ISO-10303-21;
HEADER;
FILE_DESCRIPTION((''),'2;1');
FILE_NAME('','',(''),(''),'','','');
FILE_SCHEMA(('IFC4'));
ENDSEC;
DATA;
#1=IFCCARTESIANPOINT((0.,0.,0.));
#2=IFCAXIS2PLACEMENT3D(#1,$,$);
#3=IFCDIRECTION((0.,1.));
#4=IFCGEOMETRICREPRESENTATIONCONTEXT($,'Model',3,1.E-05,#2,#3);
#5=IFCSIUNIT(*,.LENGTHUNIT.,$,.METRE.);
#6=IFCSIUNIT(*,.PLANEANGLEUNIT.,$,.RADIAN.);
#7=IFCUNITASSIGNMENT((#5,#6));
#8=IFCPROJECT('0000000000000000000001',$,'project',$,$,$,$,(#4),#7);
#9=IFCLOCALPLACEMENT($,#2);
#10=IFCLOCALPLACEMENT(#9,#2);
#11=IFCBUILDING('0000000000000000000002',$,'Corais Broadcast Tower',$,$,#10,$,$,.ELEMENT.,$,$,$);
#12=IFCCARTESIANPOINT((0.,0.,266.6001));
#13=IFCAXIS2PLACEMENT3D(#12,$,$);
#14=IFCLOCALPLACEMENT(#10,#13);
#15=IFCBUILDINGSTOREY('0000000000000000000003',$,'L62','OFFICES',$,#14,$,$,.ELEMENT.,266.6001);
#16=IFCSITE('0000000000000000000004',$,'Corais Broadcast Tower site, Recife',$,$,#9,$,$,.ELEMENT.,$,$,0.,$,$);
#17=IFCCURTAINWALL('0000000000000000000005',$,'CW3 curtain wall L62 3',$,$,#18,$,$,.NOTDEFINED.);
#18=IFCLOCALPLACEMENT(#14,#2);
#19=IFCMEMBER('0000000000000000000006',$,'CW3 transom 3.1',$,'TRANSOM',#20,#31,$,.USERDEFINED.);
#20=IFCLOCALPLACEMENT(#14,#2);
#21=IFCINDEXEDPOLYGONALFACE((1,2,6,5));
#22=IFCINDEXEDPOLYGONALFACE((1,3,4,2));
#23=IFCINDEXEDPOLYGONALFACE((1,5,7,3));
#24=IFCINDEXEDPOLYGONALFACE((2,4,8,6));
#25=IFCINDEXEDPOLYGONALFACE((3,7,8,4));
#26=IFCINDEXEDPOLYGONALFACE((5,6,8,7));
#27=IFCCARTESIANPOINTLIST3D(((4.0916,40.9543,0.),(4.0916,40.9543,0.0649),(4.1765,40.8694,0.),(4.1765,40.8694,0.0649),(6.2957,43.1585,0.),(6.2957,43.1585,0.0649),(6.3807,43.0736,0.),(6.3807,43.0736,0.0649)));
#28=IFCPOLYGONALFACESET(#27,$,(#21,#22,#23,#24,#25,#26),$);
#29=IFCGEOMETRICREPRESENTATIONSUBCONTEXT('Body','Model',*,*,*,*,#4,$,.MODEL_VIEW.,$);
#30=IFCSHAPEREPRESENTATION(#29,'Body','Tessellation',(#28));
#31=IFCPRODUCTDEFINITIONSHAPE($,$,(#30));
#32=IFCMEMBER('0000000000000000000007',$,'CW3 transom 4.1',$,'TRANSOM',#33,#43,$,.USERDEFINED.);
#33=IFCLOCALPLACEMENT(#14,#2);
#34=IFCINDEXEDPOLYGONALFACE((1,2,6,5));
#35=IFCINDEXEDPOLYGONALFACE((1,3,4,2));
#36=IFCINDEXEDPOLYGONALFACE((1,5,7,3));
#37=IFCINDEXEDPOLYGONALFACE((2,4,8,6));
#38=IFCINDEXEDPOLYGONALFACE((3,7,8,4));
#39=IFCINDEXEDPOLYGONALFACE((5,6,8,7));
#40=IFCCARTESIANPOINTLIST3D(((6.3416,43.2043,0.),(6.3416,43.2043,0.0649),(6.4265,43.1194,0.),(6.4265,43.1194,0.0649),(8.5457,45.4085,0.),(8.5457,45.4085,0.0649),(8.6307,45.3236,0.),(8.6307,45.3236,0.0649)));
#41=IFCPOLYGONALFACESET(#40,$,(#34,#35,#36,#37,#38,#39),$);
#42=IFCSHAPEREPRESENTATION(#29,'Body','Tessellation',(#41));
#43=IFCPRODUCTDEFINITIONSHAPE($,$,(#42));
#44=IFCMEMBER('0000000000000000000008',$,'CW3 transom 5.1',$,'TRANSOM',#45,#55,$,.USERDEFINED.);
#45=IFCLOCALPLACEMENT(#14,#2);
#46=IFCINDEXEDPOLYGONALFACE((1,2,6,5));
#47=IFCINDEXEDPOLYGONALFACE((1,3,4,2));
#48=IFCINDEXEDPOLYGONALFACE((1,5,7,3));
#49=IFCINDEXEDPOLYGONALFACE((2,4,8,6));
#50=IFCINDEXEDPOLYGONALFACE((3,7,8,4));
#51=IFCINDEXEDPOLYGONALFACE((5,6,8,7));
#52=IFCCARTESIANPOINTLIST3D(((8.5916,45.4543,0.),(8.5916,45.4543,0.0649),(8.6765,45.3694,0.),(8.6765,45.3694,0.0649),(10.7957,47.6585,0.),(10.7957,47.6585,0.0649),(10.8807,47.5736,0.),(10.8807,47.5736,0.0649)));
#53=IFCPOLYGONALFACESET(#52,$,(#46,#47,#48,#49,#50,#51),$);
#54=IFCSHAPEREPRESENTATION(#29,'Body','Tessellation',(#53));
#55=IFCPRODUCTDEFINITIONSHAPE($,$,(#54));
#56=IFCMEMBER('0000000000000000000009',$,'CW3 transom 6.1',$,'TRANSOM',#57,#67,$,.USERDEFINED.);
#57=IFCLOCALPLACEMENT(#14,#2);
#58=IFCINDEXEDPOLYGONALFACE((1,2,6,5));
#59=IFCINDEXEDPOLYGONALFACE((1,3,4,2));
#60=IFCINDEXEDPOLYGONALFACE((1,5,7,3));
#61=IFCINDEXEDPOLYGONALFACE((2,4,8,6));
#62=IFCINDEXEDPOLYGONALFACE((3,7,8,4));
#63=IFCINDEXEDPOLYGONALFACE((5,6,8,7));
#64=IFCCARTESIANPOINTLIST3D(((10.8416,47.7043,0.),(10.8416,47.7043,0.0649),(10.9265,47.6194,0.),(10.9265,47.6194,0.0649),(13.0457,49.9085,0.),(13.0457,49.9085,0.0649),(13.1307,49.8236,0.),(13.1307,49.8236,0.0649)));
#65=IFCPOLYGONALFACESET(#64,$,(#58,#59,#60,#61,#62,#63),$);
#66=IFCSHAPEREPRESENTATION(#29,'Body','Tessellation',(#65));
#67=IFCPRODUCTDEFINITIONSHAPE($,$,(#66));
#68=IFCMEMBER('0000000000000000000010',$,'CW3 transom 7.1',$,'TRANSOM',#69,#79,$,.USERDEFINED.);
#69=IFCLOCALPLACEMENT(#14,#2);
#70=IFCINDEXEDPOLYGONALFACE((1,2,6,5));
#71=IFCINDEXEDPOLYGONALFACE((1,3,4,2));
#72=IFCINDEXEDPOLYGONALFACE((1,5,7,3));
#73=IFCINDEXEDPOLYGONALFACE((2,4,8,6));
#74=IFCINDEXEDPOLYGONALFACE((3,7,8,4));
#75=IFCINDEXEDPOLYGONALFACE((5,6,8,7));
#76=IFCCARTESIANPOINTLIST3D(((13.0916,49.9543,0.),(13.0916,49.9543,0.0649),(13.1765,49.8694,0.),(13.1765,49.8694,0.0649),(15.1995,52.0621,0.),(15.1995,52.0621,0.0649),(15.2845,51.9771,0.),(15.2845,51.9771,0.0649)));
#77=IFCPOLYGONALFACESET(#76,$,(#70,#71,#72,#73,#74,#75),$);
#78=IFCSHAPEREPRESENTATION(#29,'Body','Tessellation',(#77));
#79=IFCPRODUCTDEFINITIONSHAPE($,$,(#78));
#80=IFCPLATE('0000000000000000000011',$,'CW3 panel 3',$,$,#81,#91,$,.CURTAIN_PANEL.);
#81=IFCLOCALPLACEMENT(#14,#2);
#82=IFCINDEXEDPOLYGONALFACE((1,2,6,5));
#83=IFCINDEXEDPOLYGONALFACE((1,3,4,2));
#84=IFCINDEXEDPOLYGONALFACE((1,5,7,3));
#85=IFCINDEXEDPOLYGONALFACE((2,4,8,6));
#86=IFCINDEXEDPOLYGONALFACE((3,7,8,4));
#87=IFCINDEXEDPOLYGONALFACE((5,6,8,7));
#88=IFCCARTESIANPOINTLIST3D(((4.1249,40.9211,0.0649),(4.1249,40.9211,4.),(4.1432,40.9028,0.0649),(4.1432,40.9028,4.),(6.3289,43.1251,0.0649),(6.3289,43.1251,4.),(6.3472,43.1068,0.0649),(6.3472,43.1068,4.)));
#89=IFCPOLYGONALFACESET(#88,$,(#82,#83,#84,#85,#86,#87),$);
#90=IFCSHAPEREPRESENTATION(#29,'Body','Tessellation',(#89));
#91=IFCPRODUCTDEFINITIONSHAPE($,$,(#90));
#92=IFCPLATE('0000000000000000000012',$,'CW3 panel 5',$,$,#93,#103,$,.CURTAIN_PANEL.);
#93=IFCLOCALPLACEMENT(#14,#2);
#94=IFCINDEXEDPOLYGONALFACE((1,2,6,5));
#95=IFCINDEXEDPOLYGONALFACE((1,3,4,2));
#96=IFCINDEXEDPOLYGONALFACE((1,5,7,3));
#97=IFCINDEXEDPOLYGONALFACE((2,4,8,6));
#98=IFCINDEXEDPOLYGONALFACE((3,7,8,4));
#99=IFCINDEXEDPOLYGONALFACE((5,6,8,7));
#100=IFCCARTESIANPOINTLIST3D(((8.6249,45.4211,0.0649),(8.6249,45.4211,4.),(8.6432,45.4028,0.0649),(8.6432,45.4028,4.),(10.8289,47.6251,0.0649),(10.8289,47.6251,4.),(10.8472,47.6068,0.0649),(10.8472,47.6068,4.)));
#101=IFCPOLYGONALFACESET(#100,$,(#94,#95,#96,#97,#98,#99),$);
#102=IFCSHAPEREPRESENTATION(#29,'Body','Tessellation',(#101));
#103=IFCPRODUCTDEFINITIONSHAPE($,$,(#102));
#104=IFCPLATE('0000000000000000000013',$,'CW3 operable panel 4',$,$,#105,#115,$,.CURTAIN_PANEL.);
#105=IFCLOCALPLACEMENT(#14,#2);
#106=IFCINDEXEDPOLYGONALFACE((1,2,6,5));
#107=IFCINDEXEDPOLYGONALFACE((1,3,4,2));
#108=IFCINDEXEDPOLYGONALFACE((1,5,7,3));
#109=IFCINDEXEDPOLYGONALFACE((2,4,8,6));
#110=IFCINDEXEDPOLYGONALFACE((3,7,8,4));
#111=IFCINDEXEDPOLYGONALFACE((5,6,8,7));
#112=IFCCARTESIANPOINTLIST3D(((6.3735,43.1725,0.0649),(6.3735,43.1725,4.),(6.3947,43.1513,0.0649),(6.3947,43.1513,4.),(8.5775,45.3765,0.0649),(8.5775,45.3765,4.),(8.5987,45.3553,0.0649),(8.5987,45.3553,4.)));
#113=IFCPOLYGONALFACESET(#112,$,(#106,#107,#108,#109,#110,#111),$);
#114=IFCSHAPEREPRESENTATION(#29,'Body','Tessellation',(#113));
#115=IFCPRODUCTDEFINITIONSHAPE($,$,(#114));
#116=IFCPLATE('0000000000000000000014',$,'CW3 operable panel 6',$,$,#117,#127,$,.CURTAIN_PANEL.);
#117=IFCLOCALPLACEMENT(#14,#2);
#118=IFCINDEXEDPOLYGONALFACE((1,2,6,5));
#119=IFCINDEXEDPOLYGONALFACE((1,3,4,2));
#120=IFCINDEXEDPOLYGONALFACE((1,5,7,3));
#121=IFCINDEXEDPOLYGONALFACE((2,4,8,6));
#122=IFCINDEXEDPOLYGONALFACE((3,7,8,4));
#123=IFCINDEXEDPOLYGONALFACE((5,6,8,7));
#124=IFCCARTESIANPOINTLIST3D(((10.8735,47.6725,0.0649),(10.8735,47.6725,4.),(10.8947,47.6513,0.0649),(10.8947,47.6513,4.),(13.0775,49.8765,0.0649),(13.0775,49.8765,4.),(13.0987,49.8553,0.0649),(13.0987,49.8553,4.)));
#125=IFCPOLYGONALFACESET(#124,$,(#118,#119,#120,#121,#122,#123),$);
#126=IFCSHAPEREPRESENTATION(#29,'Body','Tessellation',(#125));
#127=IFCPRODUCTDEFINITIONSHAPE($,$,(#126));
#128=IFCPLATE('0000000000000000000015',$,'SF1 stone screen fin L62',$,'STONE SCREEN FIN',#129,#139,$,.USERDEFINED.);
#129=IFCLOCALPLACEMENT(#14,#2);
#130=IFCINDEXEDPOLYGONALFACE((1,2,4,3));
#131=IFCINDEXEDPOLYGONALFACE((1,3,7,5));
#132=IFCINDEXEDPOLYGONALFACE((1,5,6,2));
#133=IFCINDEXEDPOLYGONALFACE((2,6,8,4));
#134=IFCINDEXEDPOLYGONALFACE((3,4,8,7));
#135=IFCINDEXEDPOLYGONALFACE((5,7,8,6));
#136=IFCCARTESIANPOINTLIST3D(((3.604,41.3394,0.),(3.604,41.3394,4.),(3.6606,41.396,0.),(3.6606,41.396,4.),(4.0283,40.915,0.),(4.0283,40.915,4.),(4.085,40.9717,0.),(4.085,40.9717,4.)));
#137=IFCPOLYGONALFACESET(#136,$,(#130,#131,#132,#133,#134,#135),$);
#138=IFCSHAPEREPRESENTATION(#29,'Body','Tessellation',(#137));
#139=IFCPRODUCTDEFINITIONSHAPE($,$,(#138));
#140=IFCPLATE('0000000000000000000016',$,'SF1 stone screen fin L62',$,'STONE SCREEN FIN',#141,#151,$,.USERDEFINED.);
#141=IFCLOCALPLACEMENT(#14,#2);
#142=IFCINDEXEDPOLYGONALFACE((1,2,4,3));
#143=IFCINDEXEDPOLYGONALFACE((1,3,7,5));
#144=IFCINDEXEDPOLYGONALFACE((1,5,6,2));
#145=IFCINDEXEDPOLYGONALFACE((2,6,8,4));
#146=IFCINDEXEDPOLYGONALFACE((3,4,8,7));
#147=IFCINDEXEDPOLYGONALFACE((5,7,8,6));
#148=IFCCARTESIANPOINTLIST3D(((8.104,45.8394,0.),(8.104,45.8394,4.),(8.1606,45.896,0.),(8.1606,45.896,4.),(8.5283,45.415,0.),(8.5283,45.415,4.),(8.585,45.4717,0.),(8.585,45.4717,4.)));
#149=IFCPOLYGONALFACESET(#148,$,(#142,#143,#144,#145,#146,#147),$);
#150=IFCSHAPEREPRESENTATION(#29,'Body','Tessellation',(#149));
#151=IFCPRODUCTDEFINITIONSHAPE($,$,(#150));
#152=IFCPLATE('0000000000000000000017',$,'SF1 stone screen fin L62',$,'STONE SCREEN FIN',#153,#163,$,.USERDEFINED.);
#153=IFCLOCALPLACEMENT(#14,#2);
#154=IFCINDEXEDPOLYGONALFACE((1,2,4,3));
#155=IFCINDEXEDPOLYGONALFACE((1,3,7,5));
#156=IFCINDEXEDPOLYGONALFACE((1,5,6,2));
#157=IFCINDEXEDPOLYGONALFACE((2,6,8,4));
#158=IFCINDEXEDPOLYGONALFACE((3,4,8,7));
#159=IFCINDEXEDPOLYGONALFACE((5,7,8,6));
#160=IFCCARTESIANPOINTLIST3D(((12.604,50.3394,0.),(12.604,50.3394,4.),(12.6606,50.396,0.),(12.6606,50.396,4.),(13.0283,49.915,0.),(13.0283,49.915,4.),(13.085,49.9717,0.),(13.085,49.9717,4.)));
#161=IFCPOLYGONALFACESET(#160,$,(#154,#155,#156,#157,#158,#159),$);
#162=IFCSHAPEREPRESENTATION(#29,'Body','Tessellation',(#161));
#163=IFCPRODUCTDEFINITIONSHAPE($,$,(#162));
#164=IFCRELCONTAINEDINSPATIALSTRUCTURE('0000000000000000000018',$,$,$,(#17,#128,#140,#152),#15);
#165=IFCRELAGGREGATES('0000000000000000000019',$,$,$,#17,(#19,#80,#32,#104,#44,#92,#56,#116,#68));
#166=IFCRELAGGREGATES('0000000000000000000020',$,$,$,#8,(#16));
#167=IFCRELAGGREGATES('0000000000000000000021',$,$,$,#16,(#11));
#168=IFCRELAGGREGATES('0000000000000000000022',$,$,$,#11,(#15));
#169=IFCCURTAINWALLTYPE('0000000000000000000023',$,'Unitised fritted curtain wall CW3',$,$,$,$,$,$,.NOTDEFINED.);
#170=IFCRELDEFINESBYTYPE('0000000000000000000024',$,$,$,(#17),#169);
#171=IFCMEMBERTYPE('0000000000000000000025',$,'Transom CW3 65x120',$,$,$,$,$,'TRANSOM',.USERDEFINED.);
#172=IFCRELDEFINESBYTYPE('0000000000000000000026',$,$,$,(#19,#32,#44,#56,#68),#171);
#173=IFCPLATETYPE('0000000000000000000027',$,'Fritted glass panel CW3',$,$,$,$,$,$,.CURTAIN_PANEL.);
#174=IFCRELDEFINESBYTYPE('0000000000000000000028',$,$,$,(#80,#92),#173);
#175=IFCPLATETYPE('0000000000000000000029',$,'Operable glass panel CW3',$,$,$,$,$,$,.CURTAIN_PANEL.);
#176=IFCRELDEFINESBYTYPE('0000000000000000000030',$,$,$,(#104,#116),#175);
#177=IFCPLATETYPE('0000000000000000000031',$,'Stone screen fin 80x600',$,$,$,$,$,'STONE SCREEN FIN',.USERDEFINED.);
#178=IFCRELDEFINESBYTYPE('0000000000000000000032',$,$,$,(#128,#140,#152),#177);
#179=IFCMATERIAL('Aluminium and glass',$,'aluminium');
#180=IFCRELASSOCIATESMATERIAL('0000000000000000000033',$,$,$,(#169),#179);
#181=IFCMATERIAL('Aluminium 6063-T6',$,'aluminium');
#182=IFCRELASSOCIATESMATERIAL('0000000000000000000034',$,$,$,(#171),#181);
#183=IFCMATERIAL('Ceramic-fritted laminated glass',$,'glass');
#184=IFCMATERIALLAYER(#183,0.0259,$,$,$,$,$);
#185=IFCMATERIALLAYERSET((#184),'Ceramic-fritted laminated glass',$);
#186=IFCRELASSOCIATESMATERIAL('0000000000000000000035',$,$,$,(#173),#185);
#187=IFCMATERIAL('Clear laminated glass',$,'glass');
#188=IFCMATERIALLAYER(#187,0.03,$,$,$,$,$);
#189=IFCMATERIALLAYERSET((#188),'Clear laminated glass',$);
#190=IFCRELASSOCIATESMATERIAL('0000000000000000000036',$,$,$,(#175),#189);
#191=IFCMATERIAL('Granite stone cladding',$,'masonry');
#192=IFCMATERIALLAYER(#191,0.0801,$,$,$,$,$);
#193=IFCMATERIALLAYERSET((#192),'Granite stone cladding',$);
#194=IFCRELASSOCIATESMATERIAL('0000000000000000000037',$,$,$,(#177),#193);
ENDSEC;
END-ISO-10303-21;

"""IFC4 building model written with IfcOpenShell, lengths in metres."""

from ifc_helpers import new_model, si_unit, direction, frame, origin, origin_2d, place, context, subcontext, project, spatial, rectangle, extrude, material, layer, layer_set, material_profile, profile_set, type_object, element, aggregate, save


model = new_model("IFC4")

# Units and contexts
model_context = context("Model", 3, precision=1e-05, world=origin(), true_north=direction((0.0, 1.0)))
body_context = subcontext(model_context, "Body", "Model", "MODEL_VIEW")
ifc_project = project(units=[si_unit("LENGTHUNIT", "METRE"), si_unit("PLANEANGLEUNIT", "RADIAN")], contexts=[model_context])

# Site, building, storey
site_placement = place(None, origin())
site = spatial("IfcSite", under=ifc_project, at=site_placement, Name="Corais Broadcast Tower site, Recife", CompositionType="ELEMENT", RefElevation=0.0)
building_placement = place(site_placement, origin())
building = spatial("IfcBuilding", under=site, at=building_placement, Name="Corais Broadcast Tower", CompositionType="ELEMENT")
storey_placement = place(building_placement, frame((0.0, 0.0, 266.6001)))
storey = spatial("IfcBuildingStorey", under=building, at=storey_placement, Name="L62", Description="OFFICES", CompositionType="ELEMENT", Elevation=266.6001)

# Curtain wall
ifc_material_1 = material(Name="Aluminium and glass", Category="aluminium")
curtain_wall_type = type_object("IfcCurtainWallType", Name="Unitised fritted curtain wall CW3", PredefinedType="NOTDEFINED", material=ifc_material_1)
curtain_wall_placement = place(storey_placement, origin())
curtain_wall = element("IfcCurtainWall", 1, at=curtain_wall_placement, inside=storey, type_object=curtain_wall_type, Name="CW3 curtain wall L62 3", PredefinedType="NOTDEFINED")

# Members
ifc_material_2 = material(Name="Aluminium 6063-T6", Category="aluminium")
ifc_material_profile_1 = material_profile(ifc_material_2, rectangle(XDim=0.1201, YDim=0.0649, at=origin_2d()), Name="Transom CW3 65x120")
ifc_profile_set_1 = profile_set([ifc_material_profile_1], Name="Aluminium 6063-T6")
member_type_1 = type_object("IfcMemberType", Name="Transom CW3 65x120", ElementType="TRANSOM", PredefinedType="USERDEFINED", material=ifc_profile_set_1)
member_1_placement = place(storey_placement, frame((4.134, 40.9119, 0.0325), z_axis=(0.707107, 0.707107, 0.0), x_axis=(-0.707107, 0.707107, 0.0)))
member_1 = element("IfcMember", 2, at=member_1_placement, type_object=member_type_1, Name="CW3 transom 3.1", ObjectType="TRANSOM", PredefinedType="USERDEFINED", context=body_context, shape_type="SweptSolid", body=[
    extrude(rectangle(XDim=0.1201, YDim=0.0649, at=origin_2d()), origin(), (0.0, 0.0, 1.0), 3.1172),
])
member_2_placement = place(storey_placement, frame((6.384, 43.1619, 0.0325), z_axis=(0.707107, 0.707107, 0.0), x_axis=(-0.707107, 0.707107, 0.0)))
member_2 = element("IfcMember", 3, at=member_2_placement, type_object=member_type_1, Name="CW3 transom 4.1", ObjectType="TRANSOM", PredefinedType="USERDEFINED", context=body_context, shape_type="SweptSolid", body=[
    extrude(rectangle(XDim=0.1201, YDim=0.0649, at=origin_2d()), origin(), (0.0, 0.0, 1.0), 3.1172),
])
member_3_placement = place(storey_placement, frame((8.634, 45.4119, 0.0325), z_axis=(0.707107, 0.707107, 0.0), x_axis=(-0.707107, 0.707107, 0.0)))
member_3 = element("IfcMember", 4, at=member_3_placement, type_object=member_type_1, Name="CW3 transom 5.1", ObjectType="TRANSOM", PredefinedType="USERDEFINED", context=body_context, shape_type="SweptSolid", body=[
    extrude(rectangle(XDim=0.1201, YDim=0.0649, at=origin_2d()), origin(), (0.0, 0.0, 1.0), 3.1172),
])
member_4_placement = place(storey_placement, frame((10.884, 47.6619, 0.0325), z_axis=(0.707107, 0.707107, 0.0), x_axis=(-0.707107, 0.707107, 0.0)))
member_4 = element("IfcMember", 5, at=member_4_placement, type_object=member_type_1, Name="CW3 transom 6.1", ObjectType="TRANSOM", PredefinedType="USERDEFINED", context=body_context, shape_type="SweptSolid", body=[
    extrude(rectangle(XDim=0.1201, YDim=0.0649, at=origin_2d()), origin(), (0.0, 0.0, 1.0), 3.1172),
])
member_5_placement = place(storey_placement, frame((13.134, 49.9119, 0.0325), z_axis=(0.707148, 0.707066, 0.0), x_axis=(-0.707066, 0.707148, 0.0)))
member_5 = element("IfcMember", 6, at=member_5_placement, type_object=member_type_1, Name="CW3 transom 7.1", ObjectType="TRANSOM", PredefinedType="USERDEFINED", context=body_context, shape_type="SweptSolid", body=[
    extrude(rectangle(XDim=0.1201, YDim=0.0649, at=origin_2d()), origin(), (0.0, 0.0, 1.0), 2.981),
])

# Plates
ifc_material_3 = material(Name="Ceramic-fritted laminated glass", Category="glass")
ifc_layer_1 = layer(ifc_material_3, 0.0259)
ifc_layer_set_1 = layer_set([ifc_layer_1], Name="Ceramic-fritted laminated glass")
plate_type_1 = type_object("IfcPlateType", Name="Fritted glass panel CW3", PredefinedType="CURTAIN_PANEL", material=ifc_layer_set_1)
plate_1_placement = place(storey_placement, frame((5.2361, 42.0139, 0.0649), z_axis=(0.0, 0.0, 1.0), x_axis=(0.707107, 0.707107, 0.0)))
plate_1 = element("IfcPlate", 7, at=plate_1_placement, type_object=plate_type_1, Name="CW3 panel 3", PredefinedType="CURTAIN_PANEL", context=body_context, shape_type="SweptSolid", body=[
    extrude(rectangle(XDim=3.1169, YDim=0.0259, at=origin_2d()), origin(), (0.0, 0.0, 1.0), 3.9351),
])
plate_2_placement = place(storey_placement, frame((9.7361, 46.5139, 0.0649), z_axis=(0.0, 0.0, 1.0), x_axis=(0.707107, 0.707107, 0.0)))
plate_2 = element("IfcPlate", 8, at=plate_2_placement, type_object=plate_type_1, Name="CW3 panel 5", PredefinedType="CURTAIN_PANEL", context=body_context, shape_type="SweptSolid", body=[
    extrude(rectangle(XDim=3.1169, YDim=0.0259, at=origin_2d()), origin(), (0.0, 0.0, 1.0), 3.9351),
])
ifc_material_4 = material(Name="Clear laminated glass", Category="glass")
ifc_layer_2 = layer(ifc_material_4, 0.03)
ifc_layer_set_2 = layer_set([ifc_layer_2], Name="Clear laminated glass")
plate_type_2 = type_object("IfcPlateType", Name="Operable glass panel CW3", PredefinedType="CURTAIN_PANEL", material=ifc_layer_set_2)
plate_3_placement = place(storey_placement, frame((7.4861, 44.2639, 0.0649), z_axis=(0.0, 0.0, 1.0), x_axis=(0.707107, 0.707107, 0.0)))
plate_3 = element("IfcPlate", 9, at=plate_3_placement, type_object=plate_type_2, Name="CW3 operable panel 4", PredefinedType="CURTAIN_PANEL", context=body_context, shape_type="SweptSolid", body=[
    extrude(rectangle(XDim=3.1169, YDim=0.03, at=origin_2d()), origin(), (0.0, 0.0, 1.0), 3.9351),
])
plate_4_placement = place(storey_placement, frame((11.9861, 48.7639, 0.0649), z_axis=(0.0, 0.0, 1.0), x_axis=(0.707107, 0.707107, 0.0)))
plate_4 = element("IfcPlate", 10, at=plate_4_placement, type_object=plate_type_2, Name="CW3 operable panel 6", PredefinedType="CURTAIN_PANEL", context=body_context, shape_type="SweptSolid", body=[
    extrude(rectangle(XDim=3.1169, YDim=0.03, at=origin_2d()), origin(), (0.0, 0.0, 1.0), 3.9351),
])
aggregate(curtain_wall, [member_1, plate_1, member_2, plate_3, member_3, plate_2, member_4, plate_4, member_5])

# Plates
ifc_material_5 = material(Name="Granite stone cladding", Category="masonry")
ifc_layer_3 = layer(ifc_material_5, 0.0801)
ifc_layer_set_3 = layer_set([ifc_layer_3], Name="Granite stone cladding")
plate_type_3 = type_object("IfcPlateType", Name="Stone screen fin 80x600", ElementType="STONE SCREEN FIN", PredefinedType="USERDEFINED", material=ifc_layer_set_3)
for number, where, z_axis, x_axis, name in (
    (11, (3.8445, 41.1555, 0.0), (0.0, 0.0, 1.0), (0.707107, 0.707107, 0.0), "SF1 stone screen fin L62"),
    (12, (8.3445, 45.6555, 0.0), (0.0, 0.0, 1.0), (0.707107, 0.707107, 0.0), "SF1 stone screen fin L62"),
    (13, (12.8445, 50.1555, 0.0), (0.0, 0.0, 1.0), (0.707107, 0.707107, 0.0), "SF1 stone screen fin L62"),
):
    element("IfcPlate", number, at=place(storey_placement, frame(where, z_axis=z_axis, x_axis=x_axis)), inside=storey, type_object=plate_type_3, Name=name, ObjectType="STONE SCREEN FIN", PredefinedType="USERDEFINED", context=body_context, shape_type="SweptSolid", body=[
        extrude(rectangle(XDim=0.0801, YDim=0.6001, at=origin_2d()), origin(), (0.0, 0.0, 1.0), 4.0),
    ])

save(model, "model.ifc")
